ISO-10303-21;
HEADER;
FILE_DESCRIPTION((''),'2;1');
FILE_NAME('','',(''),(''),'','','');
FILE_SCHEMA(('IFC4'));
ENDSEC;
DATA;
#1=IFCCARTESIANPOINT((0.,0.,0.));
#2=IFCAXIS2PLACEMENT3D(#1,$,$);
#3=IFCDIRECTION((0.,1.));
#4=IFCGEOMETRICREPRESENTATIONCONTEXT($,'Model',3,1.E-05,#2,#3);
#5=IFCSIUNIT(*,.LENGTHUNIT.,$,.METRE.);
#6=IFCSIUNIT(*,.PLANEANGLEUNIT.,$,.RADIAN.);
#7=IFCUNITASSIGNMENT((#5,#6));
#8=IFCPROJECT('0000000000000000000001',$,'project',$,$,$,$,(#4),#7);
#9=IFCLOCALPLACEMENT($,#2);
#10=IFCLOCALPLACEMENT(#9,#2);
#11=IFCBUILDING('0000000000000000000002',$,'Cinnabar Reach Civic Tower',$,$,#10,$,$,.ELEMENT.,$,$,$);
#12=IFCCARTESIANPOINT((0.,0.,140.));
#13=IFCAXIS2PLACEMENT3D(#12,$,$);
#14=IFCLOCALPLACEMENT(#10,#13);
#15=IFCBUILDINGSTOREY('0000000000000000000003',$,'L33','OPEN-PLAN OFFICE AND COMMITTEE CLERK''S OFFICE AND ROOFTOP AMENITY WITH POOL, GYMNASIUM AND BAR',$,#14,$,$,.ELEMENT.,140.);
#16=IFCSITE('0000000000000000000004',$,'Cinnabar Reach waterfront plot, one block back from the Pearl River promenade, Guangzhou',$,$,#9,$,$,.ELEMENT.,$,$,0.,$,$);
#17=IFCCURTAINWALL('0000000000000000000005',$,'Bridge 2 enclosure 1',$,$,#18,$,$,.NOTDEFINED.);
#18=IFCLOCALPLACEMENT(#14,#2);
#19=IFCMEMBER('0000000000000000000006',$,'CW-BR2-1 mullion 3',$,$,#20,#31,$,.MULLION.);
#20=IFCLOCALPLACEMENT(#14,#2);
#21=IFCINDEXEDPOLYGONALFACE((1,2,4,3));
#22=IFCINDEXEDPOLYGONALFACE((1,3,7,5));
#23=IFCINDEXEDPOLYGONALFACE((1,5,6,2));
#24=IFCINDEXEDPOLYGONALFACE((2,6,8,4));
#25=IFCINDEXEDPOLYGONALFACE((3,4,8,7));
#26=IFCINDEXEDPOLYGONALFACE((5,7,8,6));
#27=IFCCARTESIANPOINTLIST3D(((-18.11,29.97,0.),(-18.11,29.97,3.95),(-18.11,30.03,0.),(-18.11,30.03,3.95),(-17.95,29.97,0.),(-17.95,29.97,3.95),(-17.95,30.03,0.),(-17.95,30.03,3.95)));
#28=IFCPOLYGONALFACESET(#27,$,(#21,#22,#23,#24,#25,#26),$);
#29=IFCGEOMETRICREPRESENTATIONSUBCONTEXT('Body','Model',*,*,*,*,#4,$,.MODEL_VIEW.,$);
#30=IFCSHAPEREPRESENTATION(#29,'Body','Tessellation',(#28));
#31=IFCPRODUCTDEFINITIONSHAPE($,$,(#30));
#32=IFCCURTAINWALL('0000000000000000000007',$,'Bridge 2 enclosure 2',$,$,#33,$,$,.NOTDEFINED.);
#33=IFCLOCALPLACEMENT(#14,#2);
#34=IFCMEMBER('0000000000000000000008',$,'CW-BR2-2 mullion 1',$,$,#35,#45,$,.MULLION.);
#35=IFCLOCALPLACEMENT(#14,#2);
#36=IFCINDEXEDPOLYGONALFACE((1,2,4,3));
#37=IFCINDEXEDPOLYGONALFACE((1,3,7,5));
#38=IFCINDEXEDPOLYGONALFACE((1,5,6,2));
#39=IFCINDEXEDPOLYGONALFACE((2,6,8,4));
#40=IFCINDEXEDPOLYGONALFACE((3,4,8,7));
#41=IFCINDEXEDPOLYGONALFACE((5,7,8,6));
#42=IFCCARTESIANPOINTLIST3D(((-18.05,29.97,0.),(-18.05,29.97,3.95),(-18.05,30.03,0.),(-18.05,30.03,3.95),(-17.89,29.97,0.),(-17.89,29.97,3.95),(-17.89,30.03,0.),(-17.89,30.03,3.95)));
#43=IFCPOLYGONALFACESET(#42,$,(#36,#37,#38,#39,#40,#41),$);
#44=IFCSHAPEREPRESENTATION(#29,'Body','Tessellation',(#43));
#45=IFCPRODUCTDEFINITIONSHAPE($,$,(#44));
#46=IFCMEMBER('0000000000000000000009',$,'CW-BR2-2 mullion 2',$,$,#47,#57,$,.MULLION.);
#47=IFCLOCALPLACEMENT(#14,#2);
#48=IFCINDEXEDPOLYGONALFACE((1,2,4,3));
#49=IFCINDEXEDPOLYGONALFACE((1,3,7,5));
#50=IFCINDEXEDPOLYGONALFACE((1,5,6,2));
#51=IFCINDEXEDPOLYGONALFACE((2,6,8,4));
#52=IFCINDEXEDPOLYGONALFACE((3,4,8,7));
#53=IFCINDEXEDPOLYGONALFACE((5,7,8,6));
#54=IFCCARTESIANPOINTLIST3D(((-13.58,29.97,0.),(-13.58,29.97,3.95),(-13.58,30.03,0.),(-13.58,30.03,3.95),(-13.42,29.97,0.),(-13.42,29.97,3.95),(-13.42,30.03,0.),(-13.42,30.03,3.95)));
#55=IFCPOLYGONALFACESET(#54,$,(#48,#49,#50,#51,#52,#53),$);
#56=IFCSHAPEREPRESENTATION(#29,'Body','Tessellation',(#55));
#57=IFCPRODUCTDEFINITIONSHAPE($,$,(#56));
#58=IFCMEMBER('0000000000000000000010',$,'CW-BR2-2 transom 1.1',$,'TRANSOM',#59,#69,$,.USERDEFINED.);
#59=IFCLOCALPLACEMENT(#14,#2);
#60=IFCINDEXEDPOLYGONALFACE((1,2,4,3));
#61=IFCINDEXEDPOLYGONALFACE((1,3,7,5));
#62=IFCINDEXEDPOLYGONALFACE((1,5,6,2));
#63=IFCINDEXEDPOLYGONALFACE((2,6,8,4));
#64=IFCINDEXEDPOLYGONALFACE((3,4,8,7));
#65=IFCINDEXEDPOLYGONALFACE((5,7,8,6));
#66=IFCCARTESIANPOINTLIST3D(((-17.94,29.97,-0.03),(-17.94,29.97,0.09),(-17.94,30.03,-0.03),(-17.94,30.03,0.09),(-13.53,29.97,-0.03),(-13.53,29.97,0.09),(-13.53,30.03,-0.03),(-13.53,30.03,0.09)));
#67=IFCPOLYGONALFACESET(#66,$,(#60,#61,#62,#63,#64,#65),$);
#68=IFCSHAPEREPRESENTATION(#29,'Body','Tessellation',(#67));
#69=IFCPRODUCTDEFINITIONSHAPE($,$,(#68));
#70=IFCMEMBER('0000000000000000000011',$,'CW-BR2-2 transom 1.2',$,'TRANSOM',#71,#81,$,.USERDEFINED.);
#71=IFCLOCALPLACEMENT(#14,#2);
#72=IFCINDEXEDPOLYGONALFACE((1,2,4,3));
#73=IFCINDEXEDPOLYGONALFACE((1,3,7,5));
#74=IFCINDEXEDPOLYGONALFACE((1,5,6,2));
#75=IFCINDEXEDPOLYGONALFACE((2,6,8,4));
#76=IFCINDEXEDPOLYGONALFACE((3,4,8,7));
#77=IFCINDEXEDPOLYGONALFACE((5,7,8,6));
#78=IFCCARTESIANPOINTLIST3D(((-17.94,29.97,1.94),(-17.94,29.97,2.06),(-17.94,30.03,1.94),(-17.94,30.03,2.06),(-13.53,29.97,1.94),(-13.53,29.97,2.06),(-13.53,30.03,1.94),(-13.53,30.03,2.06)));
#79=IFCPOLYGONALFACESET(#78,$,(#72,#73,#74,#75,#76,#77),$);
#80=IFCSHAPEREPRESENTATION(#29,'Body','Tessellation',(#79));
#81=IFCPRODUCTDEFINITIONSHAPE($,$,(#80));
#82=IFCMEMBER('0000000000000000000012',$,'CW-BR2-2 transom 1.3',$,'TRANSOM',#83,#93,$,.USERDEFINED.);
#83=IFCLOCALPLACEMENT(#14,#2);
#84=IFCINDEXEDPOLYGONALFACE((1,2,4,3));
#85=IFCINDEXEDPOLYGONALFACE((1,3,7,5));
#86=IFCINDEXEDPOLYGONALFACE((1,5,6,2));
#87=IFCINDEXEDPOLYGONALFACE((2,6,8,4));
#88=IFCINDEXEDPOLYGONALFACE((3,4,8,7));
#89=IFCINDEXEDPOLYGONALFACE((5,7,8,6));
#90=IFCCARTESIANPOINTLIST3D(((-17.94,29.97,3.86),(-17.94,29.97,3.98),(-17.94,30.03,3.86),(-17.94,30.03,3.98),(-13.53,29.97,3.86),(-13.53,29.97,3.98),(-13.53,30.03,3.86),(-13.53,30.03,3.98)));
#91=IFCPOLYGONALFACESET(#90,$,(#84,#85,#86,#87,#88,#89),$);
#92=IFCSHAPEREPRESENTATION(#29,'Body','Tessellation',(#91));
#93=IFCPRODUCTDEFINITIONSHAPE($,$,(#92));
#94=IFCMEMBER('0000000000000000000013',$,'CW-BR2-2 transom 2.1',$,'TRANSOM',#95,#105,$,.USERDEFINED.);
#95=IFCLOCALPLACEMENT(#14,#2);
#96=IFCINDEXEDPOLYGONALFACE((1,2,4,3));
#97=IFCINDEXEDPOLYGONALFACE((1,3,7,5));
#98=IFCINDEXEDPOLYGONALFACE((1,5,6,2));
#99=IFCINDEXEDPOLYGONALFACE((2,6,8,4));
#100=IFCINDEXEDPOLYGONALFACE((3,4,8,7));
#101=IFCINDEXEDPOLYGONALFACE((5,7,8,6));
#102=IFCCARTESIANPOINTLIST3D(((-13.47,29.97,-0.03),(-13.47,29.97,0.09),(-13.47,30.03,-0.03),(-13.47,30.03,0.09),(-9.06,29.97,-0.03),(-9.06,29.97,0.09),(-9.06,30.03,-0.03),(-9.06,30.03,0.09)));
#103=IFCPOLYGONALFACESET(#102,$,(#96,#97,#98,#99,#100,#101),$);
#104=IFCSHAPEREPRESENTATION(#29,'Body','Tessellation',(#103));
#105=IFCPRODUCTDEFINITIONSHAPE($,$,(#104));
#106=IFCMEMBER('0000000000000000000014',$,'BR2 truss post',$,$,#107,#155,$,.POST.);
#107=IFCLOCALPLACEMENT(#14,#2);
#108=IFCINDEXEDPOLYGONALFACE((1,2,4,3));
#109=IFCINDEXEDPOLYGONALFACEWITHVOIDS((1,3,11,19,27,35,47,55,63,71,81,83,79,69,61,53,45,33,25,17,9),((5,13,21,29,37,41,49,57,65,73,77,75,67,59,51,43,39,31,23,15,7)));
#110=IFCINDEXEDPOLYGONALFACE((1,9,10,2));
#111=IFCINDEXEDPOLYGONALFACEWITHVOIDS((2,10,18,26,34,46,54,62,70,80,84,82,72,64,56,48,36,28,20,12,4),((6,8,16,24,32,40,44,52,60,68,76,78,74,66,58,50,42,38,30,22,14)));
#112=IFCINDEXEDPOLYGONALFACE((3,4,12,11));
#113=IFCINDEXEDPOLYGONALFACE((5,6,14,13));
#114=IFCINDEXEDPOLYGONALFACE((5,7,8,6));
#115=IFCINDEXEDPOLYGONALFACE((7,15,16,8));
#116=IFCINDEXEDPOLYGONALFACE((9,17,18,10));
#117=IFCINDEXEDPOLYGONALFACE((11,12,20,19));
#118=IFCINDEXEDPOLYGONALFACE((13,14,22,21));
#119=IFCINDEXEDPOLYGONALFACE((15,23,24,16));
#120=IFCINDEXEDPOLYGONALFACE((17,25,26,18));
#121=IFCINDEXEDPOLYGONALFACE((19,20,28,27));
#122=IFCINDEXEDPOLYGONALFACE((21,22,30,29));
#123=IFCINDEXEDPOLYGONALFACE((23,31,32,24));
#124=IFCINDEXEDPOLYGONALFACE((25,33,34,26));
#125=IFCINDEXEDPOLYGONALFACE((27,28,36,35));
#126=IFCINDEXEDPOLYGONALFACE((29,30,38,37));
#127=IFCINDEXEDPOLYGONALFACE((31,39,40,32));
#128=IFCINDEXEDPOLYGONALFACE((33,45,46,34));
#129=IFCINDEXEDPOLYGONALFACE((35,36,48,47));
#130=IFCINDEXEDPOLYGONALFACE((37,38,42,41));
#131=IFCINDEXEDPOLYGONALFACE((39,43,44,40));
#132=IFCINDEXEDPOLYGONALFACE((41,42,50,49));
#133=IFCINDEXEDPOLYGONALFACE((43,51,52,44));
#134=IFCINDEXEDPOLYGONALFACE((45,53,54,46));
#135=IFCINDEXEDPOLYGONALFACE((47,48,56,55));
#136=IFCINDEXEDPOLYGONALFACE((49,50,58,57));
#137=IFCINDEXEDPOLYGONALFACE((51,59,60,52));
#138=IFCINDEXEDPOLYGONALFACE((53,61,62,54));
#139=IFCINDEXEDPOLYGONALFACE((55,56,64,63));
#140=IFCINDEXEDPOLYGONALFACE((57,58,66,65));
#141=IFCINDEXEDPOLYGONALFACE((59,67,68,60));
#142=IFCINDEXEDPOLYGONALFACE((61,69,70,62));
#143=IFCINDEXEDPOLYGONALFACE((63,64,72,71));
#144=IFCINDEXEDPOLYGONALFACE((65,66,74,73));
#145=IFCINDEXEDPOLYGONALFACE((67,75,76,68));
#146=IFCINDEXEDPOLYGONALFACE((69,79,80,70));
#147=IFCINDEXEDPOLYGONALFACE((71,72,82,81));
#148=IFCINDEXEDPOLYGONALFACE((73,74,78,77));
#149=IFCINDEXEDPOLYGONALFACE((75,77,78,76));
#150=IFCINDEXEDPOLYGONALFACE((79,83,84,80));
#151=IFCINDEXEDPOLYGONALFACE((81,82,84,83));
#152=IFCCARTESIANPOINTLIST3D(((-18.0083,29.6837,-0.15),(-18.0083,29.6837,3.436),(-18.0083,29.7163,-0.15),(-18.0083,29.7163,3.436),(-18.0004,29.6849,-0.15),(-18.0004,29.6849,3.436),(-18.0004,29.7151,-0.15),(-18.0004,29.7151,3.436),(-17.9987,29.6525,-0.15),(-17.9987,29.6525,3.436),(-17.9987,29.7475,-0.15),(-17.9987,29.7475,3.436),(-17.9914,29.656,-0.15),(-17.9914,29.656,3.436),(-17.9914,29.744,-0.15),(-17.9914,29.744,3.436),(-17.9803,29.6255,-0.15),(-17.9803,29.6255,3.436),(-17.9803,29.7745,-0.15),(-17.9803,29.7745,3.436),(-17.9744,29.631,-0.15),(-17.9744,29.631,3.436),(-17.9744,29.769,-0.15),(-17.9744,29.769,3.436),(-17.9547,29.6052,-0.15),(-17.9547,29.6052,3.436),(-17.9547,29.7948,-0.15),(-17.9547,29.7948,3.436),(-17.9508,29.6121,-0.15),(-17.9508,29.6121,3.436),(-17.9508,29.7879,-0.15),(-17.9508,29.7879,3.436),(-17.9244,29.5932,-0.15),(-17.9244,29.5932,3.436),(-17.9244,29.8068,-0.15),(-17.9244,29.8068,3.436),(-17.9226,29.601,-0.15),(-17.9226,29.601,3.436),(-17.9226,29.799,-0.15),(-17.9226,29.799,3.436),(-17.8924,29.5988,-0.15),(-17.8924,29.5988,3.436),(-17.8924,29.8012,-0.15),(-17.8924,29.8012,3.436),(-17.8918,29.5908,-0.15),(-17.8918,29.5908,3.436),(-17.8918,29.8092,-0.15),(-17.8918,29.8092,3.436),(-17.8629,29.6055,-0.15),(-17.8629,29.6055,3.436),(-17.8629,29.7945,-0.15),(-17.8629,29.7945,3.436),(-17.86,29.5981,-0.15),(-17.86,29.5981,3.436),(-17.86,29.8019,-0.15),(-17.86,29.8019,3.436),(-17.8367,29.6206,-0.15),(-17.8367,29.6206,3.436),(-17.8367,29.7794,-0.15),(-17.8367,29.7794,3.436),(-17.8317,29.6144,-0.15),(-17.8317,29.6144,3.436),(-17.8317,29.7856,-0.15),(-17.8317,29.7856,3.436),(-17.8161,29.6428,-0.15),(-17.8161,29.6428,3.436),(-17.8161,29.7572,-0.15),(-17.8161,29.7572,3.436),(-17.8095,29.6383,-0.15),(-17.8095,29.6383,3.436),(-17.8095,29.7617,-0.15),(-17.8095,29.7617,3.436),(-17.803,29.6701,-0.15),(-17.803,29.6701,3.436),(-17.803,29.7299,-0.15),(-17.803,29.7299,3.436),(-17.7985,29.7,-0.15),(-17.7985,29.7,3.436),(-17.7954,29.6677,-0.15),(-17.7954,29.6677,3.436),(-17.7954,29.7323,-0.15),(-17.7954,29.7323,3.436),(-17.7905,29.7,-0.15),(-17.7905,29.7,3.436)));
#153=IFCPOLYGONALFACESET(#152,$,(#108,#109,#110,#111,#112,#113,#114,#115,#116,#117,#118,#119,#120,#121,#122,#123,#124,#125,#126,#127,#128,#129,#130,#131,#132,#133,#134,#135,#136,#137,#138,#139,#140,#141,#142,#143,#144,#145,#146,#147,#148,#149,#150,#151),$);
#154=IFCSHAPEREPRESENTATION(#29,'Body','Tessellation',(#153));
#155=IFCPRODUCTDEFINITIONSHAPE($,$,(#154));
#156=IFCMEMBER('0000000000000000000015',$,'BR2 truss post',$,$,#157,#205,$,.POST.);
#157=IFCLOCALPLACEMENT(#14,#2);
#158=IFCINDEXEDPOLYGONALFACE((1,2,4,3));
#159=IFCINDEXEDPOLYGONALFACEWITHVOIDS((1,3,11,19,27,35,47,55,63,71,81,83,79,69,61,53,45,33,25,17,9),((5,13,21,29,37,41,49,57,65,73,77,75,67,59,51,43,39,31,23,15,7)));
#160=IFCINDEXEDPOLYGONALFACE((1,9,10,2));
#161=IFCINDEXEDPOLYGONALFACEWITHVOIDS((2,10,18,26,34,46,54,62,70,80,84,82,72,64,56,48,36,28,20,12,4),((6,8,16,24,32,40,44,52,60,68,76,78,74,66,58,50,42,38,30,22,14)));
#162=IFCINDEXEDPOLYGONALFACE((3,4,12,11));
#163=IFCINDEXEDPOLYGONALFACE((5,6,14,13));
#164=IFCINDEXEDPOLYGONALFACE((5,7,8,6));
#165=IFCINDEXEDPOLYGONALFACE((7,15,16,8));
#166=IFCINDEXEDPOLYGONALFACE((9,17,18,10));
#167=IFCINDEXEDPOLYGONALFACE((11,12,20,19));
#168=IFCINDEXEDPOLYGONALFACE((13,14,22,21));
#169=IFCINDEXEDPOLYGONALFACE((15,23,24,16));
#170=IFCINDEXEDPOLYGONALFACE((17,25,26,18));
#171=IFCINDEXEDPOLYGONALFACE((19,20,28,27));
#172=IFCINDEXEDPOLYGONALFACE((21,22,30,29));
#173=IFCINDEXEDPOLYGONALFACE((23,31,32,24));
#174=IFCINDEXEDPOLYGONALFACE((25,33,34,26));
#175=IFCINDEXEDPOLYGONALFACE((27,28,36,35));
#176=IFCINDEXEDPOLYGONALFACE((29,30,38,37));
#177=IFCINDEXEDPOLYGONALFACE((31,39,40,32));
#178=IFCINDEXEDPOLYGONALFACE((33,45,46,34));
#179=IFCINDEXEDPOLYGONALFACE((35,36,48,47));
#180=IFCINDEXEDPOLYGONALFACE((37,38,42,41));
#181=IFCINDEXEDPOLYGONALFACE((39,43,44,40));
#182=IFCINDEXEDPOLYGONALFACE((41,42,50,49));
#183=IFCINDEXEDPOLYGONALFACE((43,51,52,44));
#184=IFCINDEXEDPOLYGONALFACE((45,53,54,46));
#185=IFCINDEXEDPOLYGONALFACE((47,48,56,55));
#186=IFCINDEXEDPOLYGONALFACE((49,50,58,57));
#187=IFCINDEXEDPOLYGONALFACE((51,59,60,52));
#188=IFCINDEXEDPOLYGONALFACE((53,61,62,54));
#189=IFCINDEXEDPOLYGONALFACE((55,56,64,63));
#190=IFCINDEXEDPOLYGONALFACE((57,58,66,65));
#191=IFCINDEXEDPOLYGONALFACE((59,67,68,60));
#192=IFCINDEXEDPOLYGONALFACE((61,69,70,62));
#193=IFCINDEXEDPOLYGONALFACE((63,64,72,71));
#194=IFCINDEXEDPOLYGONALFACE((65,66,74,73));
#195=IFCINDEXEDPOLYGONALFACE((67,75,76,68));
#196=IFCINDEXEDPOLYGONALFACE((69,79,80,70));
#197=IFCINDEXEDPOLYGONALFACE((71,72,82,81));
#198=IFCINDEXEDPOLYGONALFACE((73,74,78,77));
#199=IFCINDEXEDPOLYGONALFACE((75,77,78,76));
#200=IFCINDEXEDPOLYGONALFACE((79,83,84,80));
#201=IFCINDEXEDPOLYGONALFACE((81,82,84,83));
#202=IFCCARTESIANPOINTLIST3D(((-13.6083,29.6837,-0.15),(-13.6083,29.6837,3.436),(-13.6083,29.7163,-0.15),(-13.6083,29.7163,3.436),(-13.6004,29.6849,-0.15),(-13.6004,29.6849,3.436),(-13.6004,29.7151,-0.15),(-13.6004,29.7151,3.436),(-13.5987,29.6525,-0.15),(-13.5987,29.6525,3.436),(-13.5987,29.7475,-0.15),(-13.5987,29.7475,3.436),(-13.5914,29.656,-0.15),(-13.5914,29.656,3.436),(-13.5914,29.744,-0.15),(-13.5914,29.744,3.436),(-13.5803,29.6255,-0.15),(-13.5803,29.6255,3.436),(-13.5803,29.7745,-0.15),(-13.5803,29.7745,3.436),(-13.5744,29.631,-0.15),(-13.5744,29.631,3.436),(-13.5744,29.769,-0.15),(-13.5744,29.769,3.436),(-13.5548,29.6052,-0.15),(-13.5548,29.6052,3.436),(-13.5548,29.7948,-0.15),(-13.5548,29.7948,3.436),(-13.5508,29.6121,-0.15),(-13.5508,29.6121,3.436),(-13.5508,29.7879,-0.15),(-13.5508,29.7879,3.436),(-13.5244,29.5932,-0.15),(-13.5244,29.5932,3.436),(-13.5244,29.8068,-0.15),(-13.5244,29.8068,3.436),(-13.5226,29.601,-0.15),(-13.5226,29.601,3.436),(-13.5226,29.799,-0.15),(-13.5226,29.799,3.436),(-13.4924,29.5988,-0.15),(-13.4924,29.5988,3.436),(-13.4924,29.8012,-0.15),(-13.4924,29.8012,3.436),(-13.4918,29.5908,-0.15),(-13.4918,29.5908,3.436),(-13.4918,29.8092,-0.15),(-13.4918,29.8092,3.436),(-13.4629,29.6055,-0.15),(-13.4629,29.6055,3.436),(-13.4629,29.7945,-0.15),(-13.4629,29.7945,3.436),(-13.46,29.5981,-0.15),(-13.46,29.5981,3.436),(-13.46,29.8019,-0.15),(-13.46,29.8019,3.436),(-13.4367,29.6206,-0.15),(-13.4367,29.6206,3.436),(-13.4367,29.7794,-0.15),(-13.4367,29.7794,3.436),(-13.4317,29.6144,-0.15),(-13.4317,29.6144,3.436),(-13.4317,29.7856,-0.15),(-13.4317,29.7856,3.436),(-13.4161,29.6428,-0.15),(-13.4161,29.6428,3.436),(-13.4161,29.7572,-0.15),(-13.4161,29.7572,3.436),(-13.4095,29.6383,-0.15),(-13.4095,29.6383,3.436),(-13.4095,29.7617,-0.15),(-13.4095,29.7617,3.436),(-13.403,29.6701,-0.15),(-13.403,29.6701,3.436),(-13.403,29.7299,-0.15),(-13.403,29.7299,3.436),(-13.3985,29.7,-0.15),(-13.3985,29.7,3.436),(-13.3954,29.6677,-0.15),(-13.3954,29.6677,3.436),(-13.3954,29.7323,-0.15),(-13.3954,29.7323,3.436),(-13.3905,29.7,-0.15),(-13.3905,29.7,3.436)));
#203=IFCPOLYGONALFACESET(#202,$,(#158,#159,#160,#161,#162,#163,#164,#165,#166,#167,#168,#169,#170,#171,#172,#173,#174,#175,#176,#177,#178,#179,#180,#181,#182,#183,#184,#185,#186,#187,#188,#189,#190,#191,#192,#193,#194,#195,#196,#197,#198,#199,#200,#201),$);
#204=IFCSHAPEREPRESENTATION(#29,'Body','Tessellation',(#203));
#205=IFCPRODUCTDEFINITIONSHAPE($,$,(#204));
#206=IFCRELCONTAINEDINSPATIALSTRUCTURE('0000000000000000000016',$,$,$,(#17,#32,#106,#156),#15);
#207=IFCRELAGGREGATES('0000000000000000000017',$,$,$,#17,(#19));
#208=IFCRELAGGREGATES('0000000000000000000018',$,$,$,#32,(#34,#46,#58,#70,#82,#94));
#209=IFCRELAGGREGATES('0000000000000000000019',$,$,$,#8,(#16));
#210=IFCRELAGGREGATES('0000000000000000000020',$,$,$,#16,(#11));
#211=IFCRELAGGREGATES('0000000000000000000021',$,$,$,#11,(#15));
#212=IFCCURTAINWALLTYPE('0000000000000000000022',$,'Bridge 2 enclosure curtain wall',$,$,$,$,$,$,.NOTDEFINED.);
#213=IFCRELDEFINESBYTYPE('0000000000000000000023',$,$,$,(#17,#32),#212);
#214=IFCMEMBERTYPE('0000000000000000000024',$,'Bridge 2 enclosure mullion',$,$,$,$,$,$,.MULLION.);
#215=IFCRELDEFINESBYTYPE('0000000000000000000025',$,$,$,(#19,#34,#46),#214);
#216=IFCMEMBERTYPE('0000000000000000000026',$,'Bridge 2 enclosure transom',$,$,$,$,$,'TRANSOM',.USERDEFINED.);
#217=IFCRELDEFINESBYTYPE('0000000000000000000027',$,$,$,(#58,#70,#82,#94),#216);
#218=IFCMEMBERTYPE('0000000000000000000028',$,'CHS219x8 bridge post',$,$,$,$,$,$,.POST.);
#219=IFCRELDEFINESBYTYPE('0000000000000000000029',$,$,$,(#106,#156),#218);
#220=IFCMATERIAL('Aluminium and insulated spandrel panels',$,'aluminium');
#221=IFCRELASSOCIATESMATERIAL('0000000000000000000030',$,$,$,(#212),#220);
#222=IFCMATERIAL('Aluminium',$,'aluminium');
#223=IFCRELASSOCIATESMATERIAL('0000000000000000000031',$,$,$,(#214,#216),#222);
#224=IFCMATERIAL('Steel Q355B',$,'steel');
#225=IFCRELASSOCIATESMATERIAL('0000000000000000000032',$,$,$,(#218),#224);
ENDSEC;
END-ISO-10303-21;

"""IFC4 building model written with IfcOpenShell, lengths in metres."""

from ifc_helpers import new_model, si_unit, direction, frame, origin, origin_2d, place, context, subcontext, project, spatial, rectangle, hollow_circle, extrude, material, material_profile, profile_set, type_object, element, aggregate, save


model = new_model("IFC4")

# Units and contexts
model_context = context("Model", 3, precision=1e-05, world=origin(), true_north=direction((0.0, 1.0)))
body_context = subcontext(model_context, "Body", "Model", "MODEL_VIEW")
ifc_project = project(units=[si_unit("LENGTHUNIT", "METRE"), si_unit("PLANEANGLEUNIT", "RADIAN")], contexts=[model_context])

# Site, building, storey
site_placement = place(None, origin())
site = spatial("IfcSite", under=ifc_project, at=site_placement, Name="Cinnabar Reach waterfront plot, one block back from the Pearl River promenade, Guangzhou", CompositionType="ELEMENT", RefElevation=0.0)
building_placement = place(site_placement, origin())
building = spatial("IfcBuilding", under=site, at=building_placement, Name="Cinnabar Reach Civic Tower", CompositionType="ELEMENT")
storey_placement = place(building_placement, frame((0.0, 0.0, 140.0)))
storey = spatial("IfcBuildingStorey", under=building, at=storey_placement, Name="L33", Description="OPEN-PLAN OFFICE AND COMMITTEE CLERK'S OFFICE AND ROOFTOP AMENITY WITH POOL, GYMNASIUM AND BAR", CompositionType="ELEMENT", Elevation=140.0)

# Curtain wall, member
ifc_material_1 = material(Name="Aluminium and insulated spandrel panels", Category="aluminium")
curtain_wall_type = type_object("IfcCurtainWallType", Name="Bridge 2 enclosure curtain wall", PredefinedType="NOTDEFINED", material=ifc_material_1)
curtain_wall_1_placement = place(storey_placement, origin())
curtain_wall_1 = element("IfcCurtainWall", 1, at=curtain_wall_1_placement, inside=storey, type_object=curtain_wall_type, Name="Bridge 2 enclosure 1", PredefinedType="NOTDEFINED")
ifc_material_2 = material(Name="Aluminium", Category="aluminium")
ifc_material_profile_1 = material_profile(ifc_material_2, rectangle(XDim=0.06, YDim=0.16, at=origin_2d()), Name="Bridge 2 enclosure mullion")
ifc_profile_set_1 = profile_set([ifc_material_profile_1], Name="Aluminium")
member_type_1 = type_object("IfcMemberType", Name="Bridge 2 enclosure mullion", PredefinedType="MULLION", material=ifc_profile_set_1)
member_1_placement = place(storey_placement, frame((-18.03, 30.0, 0.0), z_axis=(0.0, 0.0, 1.0), x_axis=(0.0, 1.0, 0.0)))
member_1 = element("IfcMember", 2, at=member_1_placement, type_object=member_type_1, Name="CW-BR2-1 mullion 3", PredefinedType="MULLION", context=body_context, shape_type="SweptSolid", body=[
    extrude(rectangle(XDim=0.06, YDim=0.16, at=origin_2d()), origin(), (0.0, 0.0, 1.0), 3.95),
])

# Curtain wall, members
curtain_wall_2_placement = place(storey_placement, origin())
curtain_wall_2 = element("IfcCurtainWall", 3, at=curtain_wall_2_placement, inside=storey, type_object=curtain_wall_type, Name="Bridge 2 enclosure 2", PredefinedType="NOTDEFINED")
member_2_placement = place(storey_placement, frame((-17.97, 30.0, 0.0), z_axis=(0.0, 0.0, 1.0), x_axis=(0.0, 1.0, 0.0)))
member_2 = element("IfcMember", 4, at=member_2_placement, type_object=member_type_1, Name="CW-BR2-2 mullion 1", PredefinedType="MULLION", context=body_context, shape_type="SweptSolid", body=[
    extrude(rectangle(XDim=0.06, YDim=0.16, at=origin_2d()), origin(), (0.0, 0.0, 1.0), 3.95),
])
member_3_placement = place(storey_placement, frame((-13.5, 30.0, 0.0), z_axis=(0.0, 0.0, 1.0), x_axis=(0.0, 1.0, 0.0)))
member_3 = element("IfcMember", 5, at=member_3_placement, type_object=member_type_1, Name="CW-BR2-2 mullion 2", PredefinedType="MULLION", context=body_context, shape_type="SweptSolid", body=[
    extrude(rectangle(XDim=0.06, YDim=0.16, at=origin_2d()), origin(), (0.0, 0.0, 1.0), 3.95),
])
ifc_material_profile_2 = material_profile(ifc_material_2, rectangle(XDim=0.06, YDim=0.12, at=origin_2d()), Name="Bridge 2 enclosure transom")
ifc_profile_set_2 = profile_set([ifc_material_profile_2], Name="Aluminium")
member_type_2 = type_object("IfcMemberType", Name="Bridge 2 enclosure transom", ElementType="TRANSOM", PredefinedType="USERDEFINED", material=ifc_profile_set_2)
member_4_placement = place(storey_placement, frame((-17.94, 30.0, 0.03), z_axis=(1.0, 0.0, 0.0), x_axis=(0.0, 1.0, 0.0)))
member_4 = element("IfcMember", 6, at=member_4_placement, type_object=member_type_2, Name="CW-BR2-2 transom 1.1", ObjectType="TRANSOM", PredefinedType="USERDEFINED", context=body_context, shape_type="SweptSolid", body=[
    extrude(rectangle(XDim=0.06, YDim=0.12, at=origin_2d()), origin(), (0.0, 0.0, 1.0), 4.41),
])
member_5_placement = place(storey_placement, frame((-17.94, 30.0, 2.0), z_axis=(1.0, 0.0, 0.0), x_axis=(0.0, 1.0, 0.0)))
member_5 = element("IfcMember", 7, at=member_5_placement, type_object=member_type_2, Name="CW-BR2-2 transom 1.2", ObjectType="TRANSOM", PredefinedType="USERDEFINED", context=body_context, shape_type="SweptSolid", body=[
    extrude(rectangle(XDim=0.06, YDim=0.12, at=origin_2d()), origin(), (0.0, 0.0, 1.0), 4.41),
])
member_6_placement = place(storey_placement, frame((-17.94, 30.0, 3.92), z_axis=(1.0, 0.0, 0.0), x_axis=(0.0, 1.0, 0.0)))
member_6 = element("IfcMember", 8, at=member_6_placement, type_object=member_type_2, Name="CW-BR2-2 transom 1.3", ObjectType="TRANSOM", PredefinedType="USERDEFINED", context=body_context, shape_type="SweptSolid", body=[
    extrude(rectangle(XDim=0.06, YDim=0.12, at=origin_2d()), origin(), (0.0, 0.0, 1.0), 4.41),
])
member_7_placement = place(storey_placement, frame((-13.47, 30.0, 0.03), z_axis=(1.0, 0.0, 0.0), x_axis=(0.0, 1.0, 0.0)))
member_7 = element("IfcMember", 9, at=member_7_placement, type_object=member_type_2, Name="CW-BR2-2 transom 2.1", ObjectType="TRANSOM", PredefinedType="USERDEFINED", context=body_context, shape_type="SweptSolid", body=[
    extrude(rectangle(XDim=0.06, YDim=0.12, at=origin_2d()), origin(), (0.0, 0.0, 1.0), 4.41),
])

# Members
ifc_material_3 = material(Name="Steel Q355B", Category="steel")
ifc_material_profile_3 = material_profile(ifc_material_3, hollow_circle(Radius=0.1095, WallThickness=0.008, at=origin_2d()), Name="CHS219x8")
ifc_profile_set_3 = profile_set([ifc_material_profile_3], Name="Steel Q355B")
member_type_3 = type_object("IfcMemberType", Name="CHS219x8 bridge post", PredefinedType="POST", material=ifc_profile_set_3)
for number, where, z_axis, x_axis, name in (
    (10, (-17.9, 29.7, -0.15), (0.0, 0.0, 1.0), (1.0, 0.0, 0.0), "BR2 truss post"),
    (11, (-13.5, 29.7, -0.15), (0.0, 0.0, 1.0), (1.0, 0.0, 0.0), "BR2 truss post"),
):
    element("IfcMember", number, at=place(storey_placement, frame(where, z_axis=z_axis, x_axis=x_axis)), inside=storey, type_object=member_type_3, Name=name, PredefinedType="POST", context=body_context, shape_type="SweptSolid", body=[
        extrude(hollow_circle(Radius=0.1095, WallThickness=0.008, at=origin_2d()), origin(), (0.0, 0.0, 1.0), 3.586),
    ])

aggregate(curtain_wall_1, [member_1])
aggregate(curtain_wall_2, [member_2, member_3, member_4, member_5, member_6, member_7])

save(model, "model.ifc")
